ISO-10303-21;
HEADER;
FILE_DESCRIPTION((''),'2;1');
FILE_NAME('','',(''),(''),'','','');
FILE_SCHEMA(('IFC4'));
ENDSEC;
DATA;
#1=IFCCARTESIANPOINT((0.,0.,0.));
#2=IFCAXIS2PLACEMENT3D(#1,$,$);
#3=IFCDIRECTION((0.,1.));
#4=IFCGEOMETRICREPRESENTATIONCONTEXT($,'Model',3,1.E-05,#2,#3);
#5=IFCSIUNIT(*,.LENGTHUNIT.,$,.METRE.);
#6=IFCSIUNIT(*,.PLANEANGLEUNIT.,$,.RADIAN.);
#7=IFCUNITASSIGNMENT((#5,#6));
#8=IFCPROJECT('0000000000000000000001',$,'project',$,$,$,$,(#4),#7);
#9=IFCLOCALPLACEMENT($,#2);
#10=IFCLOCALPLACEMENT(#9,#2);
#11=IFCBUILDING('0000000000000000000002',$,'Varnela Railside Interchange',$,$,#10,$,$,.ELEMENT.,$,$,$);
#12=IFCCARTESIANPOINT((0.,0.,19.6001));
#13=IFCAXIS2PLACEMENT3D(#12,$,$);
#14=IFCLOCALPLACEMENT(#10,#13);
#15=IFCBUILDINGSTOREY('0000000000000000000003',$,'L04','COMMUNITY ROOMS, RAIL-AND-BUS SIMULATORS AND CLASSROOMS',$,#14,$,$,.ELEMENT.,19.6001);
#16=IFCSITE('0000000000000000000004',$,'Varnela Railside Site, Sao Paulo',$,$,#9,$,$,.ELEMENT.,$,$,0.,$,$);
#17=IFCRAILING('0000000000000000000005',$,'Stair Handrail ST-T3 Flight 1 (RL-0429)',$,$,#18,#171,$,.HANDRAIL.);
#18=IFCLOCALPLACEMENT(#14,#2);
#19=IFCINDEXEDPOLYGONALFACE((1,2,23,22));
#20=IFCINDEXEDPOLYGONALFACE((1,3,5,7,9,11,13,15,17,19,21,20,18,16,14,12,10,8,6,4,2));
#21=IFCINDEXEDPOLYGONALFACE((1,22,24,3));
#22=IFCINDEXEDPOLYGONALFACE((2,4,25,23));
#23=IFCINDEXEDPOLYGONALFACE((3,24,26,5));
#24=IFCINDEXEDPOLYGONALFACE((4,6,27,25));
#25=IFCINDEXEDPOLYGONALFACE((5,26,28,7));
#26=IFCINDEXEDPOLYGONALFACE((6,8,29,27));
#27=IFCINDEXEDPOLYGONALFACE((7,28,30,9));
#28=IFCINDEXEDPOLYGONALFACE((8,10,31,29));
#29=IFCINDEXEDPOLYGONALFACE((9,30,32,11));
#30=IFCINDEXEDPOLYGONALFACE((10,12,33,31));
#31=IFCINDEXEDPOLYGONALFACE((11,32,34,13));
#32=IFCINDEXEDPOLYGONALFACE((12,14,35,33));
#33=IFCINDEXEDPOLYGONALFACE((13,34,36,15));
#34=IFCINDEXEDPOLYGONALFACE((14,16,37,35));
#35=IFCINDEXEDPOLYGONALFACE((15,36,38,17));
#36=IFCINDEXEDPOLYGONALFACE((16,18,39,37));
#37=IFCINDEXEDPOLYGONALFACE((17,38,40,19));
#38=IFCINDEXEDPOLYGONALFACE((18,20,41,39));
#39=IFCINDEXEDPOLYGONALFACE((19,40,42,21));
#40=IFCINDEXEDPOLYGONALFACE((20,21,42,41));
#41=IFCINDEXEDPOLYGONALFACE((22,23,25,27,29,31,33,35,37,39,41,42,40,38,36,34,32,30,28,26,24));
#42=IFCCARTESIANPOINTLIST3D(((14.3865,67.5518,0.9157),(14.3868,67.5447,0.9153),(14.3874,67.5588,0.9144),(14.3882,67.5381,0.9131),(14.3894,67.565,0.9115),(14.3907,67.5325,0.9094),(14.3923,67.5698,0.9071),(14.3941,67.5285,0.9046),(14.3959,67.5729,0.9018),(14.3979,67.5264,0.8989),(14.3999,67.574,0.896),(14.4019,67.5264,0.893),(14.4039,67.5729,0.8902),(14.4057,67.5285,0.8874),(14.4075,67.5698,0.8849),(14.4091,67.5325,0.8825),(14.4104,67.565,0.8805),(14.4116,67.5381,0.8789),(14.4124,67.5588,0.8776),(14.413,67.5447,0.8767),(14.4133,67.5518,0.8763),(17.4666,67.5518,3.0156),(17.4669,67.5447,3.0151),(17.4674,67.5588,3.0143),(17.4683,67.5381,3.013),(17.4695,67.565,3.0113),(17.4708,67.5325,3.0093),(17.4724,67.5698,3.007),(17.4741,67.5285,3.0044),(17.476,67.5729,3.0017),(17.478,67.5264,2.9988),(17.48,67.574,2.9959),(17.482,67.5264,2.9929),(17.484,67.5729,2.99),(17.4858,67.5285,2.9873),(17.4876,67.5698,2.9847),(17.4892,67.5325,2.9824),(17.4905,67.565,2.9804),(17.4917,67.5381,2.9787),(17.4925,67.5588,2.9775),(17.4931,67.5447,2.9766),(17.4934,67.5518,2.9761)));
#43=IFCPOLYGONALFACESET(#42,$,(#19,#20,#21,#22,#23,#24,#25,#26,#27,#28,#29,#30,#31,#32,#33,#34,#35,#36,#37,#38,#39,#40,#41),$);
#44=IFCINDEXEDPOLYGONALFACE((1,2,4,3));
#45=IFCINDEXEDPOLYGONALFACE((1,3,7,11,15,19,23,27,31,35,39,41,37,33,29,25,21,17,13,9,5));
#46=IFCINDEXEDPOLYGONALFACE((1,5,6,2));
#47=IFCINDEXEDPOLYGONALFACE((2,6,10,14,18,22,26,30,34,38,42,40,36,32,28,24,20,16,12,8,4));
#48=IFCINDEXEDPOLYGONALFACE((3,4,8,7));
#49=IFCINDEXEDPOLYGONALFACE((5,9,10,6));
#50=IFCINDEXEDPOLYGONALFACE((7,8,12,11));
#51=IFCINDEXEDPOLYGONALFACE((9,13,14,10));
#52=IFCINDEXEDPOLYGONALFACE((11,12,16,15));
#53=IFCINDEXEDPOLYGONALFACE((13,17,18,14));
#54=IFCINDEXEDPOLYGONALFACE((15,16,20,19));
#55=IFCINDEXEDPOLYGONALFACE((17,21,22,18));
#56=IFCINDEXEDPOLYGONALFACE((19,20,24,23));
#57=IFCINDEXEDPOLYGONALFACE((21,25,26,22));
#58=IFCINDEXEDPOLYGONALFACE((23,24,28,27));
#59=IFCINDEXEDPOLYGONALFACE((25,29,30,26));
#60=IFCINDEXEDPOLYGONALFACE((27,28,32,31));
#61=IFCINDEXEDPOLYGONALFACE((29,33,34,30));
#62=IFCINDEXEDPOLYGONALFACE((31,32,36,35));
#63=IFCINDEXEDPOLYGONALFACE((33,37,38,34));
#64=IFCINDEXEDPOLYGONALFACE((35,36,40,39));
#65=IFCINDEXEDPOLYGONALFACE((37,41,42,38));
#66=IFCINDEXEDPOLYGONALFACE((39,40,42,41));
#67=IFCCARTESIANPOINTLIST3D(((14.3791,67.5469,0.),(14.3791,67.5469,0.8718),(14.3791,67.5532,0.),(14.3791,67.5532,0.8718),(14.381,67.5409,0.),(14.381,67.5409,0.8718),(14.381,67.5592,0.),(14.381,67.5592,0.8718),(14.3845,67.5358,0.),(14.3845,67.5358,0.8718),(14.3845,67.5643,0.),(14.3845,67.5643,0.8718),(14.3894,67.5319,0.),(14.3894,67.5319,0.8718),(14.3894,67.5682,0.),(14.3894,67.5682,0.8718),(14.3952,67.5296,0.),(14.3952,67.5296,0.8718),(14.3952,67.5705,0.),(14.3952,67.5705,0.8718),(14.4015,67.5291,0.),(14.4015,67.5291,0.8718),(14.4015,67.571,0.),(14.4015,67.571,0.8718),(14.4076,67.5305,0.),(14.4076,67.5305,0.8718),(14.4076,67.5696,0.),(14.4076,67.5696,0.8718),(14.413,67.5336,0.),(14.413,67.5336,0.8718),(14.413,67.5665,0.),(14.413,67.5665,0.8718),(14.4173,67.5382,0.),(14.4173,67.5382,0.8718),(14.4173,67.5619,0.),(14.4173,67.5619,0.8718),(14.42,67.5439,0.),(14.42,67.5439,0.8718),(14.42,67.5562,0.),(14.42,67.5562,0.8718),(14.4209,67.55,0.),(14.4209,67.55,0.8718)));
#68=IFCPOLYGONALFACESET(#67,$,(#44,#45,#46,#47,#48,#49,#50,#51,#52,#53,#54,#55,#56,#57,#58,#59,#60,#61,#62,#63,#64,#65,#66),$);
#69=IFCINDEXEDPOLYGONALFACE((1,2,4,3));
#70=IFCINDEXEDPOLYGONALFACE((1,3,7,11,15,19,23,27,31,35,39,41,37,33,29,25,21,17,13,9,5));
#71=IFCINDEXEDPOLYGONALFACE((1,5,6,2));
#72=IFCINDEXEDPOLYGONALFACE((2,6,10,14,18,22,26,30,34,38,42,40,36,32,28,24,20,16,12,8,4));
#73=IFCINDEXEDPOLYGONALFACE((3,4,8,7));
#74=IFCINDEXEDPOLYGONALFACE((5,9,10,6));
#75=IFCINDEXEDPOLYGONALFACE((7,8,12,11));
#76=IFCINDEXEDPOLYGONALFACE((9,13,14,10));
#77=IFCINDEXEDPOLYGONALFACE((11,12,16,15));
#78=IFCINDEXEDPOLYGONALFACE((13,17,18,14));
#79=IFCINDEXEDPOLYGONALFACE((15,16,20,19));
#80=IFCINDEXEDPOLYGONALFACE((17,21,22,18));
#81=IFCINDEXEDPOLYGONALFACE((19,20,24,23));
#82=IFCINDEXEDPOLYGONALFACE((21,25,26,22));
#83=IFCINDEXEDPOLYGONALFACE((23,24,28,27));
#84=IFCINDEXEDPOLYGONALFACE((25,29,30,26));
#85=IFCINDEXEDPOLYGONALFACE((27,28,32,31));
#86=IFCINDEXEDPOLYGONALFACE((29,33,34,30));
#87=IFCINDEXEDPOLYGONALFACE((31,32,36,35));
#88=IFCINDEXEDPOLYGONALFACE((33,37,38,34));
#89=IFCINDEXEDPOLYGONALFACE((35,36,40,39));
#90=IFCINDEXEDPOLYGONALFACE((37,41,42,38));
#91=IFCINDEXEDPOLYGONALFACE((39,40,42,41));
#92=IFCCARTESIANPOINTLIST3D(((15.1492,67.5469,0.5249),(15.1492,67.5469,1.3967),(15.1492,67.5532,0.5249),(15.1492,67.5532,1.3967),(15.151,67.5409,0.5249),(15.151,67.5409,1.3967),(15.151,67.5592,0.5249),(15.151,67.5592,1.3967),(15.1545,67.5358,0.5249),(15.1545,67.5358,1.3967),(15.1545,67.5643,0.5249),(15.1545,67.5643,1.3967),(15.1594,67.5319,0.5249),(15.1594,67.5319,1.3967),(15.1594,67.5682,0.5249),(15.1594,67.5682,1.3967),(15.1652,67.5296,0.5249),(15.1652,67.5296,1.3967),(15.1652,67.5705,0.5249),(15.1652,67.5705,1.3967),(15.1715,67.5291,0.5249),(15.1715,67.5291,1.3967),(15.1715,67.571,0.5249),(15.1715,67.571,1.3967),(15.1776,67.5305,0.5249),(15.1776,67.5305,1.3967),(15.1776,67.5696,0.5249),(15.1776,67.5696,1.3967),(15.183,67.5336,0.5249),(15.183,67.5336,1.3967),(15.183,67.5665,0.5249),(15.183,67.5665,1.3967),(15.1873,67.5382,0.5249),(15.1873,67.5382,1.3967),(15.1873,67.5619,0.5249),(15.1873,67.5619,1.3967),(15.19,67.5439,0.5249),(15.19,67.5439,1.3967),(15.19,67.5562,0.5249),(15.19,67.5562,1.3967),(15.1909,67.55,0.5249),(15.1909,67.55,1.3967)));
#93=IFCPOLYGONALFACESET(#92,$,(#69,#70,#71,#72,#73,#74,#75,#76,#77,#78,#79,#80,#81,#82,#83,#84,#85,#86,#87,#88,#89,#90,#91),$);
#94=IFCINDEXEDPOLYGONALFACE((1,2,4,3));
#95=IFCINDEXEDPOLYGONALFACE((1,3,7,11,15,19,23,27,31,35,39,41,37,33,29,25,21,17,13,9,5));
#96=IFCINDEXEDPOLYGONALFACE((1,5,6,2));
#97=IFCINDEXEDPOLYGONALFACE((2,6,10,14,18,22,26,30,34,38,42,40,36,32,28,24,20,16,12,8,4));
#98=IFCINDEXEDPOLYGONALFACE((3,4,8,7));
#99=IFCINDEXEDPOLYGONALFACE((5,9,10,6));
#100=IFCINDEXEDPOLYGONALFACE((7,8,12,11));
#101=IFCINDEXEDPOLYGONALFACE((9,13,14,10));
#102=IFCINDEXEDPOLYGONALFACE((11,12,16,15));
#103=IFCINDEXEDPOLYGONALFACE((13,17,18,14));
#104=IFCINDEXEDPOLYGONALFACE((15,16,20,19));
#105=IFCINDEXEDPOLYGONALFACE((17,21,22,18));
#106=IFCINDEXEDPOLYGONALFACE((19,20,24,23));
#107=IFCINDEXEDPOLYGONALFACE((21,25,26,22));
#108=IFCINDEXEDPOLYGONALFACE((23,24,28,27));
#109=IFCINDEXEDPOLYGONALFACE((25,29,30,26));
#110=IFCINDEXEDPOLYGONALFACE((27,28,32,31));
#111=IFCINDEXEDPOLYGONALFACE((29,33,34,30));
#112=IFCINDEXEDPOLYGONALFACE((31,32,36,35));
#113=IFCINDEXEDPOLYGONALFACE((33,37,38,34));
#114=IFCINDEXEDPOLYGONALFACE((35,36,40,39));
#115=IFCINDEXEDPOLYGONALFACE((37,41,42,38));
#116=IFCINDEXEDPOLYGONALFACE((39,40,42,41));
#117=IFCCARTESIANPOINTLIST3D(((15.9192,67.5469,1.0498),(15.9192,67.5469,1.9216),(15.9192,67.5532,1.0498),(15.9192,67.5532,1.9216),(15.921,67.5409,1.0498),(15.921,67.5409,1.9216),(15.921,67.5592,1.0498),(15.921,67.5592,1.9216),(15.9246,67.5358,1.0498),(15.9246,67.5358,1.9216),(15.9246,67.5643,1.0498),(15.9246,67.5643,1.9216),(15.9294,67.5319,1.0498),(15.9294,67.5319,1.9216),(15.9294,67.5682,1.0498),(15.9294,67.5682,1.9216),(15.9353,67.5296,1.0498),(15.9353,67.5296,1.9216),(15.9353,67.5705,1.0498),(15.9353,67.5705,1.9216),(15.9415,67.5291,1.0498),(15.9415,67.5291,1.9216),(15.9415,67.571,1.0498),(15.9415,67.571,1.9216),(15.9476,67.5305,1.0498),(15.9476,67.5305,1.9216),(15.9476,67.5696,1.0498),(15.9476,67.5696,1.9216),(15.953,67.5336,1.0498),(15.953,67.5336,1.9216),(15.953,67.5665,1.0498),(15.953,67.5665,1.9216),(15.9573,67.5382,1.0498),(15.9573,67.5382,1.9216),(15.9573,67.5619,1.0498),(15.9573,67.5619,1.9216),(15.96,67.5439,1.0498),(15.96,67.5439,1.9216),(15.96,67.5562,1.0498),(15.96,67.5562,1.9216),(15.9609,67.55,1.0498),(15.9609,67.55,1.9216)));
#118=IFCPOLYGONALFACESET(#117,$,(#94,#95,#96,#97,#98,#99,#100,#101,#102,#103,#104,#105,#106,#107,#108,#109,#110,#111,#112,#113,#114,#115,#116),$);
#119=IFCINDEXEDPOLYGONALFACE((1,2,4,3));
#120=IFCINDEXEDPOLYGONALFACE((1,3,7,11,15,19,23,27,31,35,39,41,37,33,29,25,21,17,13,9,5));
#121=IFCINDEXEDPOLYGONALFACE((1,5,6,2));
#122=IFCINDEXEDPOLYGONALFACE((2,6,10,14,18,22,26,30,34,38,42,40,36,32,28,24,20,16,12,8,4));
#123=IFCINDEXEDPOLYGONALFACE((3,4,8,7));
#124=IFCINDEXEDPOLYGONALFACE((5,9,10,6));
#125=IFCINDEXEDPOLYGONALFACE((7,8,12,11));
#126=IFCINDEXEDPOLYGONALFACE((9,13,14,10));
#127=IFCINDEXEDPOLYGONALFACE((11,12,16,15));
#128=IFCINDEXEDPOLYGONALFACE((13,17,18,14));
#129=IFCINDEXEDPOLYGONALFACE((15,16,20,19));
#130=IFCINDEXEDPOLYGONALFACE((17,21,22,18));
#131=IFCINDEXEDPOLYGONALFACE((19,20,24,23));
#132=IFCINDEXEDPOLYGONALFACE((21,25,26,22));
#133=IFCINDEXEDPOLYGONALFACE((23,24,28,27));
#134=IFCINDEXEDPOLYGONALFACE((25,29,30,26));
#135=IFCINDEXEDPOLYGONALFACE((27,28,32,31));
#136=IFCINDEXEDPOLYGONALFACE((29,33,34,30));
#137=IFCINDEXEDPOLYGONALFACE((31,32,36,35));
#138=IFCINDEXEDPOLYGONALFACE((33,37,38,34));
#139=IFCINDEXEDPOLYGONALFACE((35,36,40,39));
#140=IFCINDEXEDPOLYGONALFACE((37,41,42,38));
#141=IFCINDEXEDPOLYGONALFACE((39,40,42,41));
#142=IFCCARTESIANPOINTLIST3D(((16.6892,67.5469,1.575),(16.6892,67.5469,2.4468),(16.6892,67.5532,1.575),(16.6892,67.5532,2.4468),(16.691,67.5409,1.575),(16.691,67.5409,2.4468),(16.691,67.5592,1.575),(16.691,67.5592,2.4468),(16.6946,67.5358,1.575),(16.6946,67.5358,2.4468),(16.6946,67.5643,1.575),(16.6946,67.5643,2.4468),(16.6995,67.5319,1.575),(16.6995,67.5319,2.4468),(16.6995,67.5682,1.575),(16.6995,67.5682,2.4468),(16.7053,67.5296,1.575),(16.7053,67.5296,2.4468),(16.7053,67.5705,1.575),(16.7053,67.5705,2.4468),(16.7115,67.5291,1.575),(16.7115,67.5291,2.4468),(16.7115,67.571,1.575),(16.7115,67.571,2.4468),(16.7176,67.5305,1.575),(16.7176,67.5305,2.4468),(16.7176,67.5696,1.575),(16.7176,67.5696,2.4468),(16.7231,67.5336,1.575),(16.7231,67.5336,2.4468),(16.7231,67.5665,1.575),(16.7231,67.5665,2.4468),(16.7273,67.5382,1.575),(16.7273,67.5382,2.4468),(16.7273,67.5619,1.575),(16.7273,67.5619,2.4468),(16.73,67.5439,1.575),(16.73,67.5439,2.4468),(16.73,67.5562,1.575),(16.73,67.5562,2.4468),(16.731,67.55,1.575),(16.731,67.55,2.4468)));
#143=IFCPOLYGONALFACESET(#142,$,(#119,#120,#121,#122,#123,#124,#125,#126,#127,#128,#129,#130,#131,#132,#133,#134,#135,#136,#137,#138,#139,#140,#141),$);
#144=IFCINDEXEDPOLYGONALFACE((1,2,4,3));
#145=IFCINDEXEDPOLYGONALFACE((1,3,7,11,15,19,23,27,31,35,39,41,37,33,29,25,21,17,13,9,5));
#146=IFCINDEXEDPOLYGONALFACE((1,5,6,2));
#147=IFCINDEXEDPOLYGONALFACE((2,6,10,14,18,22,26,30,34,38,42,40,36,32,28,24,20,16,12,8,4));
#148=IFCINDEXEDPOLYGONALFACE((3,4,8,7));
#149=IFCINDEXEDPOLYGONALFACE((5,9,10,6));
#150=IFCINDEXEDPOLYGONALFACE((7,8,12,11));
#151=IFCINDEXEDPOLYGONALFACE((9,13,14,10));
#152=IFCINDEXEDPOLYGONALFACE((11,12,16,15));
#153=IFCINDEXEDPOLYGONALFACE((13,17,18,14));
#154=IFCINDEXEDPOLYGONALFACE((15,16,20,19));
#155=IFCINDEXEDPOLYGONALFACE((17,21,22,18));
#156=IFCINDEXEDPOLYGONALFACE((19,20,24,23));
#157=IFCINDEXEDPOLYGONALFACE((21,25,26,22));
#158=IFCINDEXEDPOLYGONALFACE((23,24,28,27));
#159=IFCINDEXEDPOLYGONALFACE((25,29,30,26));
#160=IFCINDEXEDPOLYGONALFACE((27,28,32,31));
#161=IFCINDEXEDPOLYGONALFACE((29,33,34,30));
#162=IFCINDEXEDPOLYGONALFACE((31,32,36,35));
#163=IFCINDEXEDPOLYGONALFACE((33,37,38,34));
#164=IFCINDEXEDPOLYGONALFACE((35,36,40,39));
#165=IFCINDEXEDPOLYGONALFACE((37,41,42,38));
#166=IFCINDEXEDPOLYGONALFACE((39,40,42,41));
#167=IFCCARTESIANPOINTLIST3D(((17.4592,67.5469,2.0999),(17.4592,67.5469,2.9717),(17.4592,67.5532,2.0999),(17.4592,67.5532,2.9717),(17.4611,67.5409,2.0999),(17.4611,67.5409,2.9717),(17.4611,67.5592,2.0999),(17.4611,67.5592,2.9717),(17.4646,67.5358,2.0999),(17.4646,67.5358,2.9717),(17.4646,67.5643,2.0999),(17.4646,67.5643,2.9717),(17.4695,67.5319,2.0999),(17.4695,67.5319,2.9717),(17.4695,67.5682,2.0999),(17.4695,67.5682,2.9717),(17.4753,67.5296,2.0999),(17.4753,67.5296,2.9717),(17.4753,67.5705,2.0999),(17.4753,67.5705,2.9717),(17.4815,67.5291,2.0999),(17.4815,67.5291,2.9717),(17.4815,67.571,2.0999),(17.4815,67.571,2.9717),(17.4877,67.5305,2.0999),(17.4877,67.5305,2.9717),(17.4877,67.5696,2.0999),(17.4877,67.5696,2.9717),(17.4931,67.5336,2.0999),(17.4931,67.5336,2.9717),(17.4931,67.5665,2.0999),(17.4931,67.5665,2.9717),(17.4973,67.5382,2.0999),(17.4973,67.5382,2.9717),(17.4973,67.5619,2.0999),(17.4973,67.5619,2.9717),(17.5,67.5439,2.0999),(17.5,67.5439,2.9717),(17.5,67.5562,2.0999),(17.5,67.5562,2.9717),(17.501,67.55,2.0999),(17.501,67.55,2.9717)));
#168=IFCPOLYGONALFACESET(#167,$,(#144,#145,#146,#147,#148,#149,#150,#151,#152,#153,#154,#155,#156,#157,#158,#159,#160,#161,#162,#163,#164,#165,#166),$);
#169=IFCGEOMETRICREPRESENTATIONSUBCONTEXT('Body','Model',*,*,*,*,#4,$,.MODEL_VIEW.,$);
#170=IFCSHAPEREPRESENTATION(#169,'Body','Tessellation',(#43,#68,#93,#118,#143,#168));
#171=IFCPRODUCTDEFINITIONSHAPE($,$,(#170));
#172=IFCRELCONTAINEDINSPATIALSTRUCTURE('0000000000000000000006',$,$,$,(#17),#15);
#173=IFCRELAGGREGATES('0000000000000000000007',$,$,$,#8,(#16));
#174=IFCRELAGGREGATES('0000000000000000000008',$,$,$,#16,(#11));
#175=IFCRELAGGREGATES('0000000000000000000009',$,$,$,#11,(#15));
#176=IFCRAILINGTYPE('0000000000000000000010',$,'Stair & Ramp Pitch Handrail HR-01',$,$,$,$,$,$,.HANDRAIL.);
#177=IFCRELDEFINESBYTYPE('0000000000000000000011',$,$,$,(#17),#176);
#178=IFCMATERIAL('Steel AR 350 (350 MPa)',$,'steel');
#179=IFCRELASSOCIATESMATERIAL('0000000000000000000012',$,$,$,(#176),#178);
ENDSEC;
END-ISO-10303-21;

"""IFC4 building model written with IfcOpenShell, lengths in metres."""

from ifc_helpers import new_model, si_unit, direction, frame, origin, origin_2d, place, context, subcontext, project, spatial, circle, extrude, material, type_object, element, save


model = new_model("IFC4")

# Units and contexts
model_context = context("Model", 3, precision=1e-05, world=origin(), true_north=direction((0.0, 1.0)))
body_context = subcontext(model_context, "Body", "Model", "MODEL_VIEW")
ifc_project = project(units=[si_unit("LENGTHUNIT", "METRE"), si_unit("PLANEANGLEUNIT", "RADIAN")], contexts=[model_context])

# Site, building, storey
site_placement = place(None, origin())
site = spatial("IfcSite", under=ifc_project, at=site_placement, Name="Varnela Railside Site, Sao Paulo", CompositionType="ELEMENT", RefElevation=0.0)
building_placement = place(site_placement, origin())
building = spatial("IfcBuilding", under=site, at=building_placement, Name="Varnela Railside Interchange", CompositionType="ELEMENT")
storey_placement = place(building_placement, frame((0.0, 0.0, 19.6001)))
storey = spatial("IfcBuildingStorey", under=building, at=storey_placement, Name="L04", Description="COMMUNITY ROOMS, RAIL-AND-BUS SIMULATORS AND CLASSROOMS", CompositionType="ELEMENT", Elevation=19.6001)

# Shared definitions
ifc_material_1 = material(Name="Steel AR 350 (350 MPa)", Category="steel")

# Railing
railing_type_1 = type_object("IfcRailingType", Name="Stair & Ramp Pitch Handrail HR-01", PredefinedType="HANDRAIL", material=ifc_material_1)
railing_1_placement = place(storey_placement, frame((14.3999, 67.55, 0.0)))
element("IfcRailing", 1, at=railing_1_placement, inside=storey, type_object=railing_type_1, Name="Stair Handrail ST-T3 Flight 1 (RL-0429)", PredefinedType="HANDRAIL", context=body_context, shape_type="SweptSolid", body=[
    extrude(circle(Radius=0.0239, at=origin_2d()), frame((0.0, 0.0, 0.896), z_axis=(0.826252, 0.0, 0.5633), x_axis=(0.0, 1.0, 0.0)), (0.0, 0.0, 1.0), 3.7278),
    extrude(circle(Radius=0.021, at=origin_2d()), origin(), (0.0, 0.0, 1.0), 0.8718),
    extrude(circle(Radius=0.021, at=origin_2d()), frame((0.77, 0.0, 0.5249)), (0.0, 0.0, 1.0), 0.8718),
    extrude(circle(Radius=0.021, at=origin_2d()), frame((1.54, 0.0, 1.0498)), (0.0, 0.0, 1.0), 0.8718),
    extrude(circle(Radius=0.021, at=origin_2d()), frame((2.3101, 0.0, 1.575)), (0.0, 0.0, 1.0), 0.8718),
    extrude(circle(Radius=0.021, at=origin_2d()), frame((3.0801, 0.0, 2.0999)), (0.0, 0.0, 1.0), 0.8718),
])

save(model, "model.ifc")
